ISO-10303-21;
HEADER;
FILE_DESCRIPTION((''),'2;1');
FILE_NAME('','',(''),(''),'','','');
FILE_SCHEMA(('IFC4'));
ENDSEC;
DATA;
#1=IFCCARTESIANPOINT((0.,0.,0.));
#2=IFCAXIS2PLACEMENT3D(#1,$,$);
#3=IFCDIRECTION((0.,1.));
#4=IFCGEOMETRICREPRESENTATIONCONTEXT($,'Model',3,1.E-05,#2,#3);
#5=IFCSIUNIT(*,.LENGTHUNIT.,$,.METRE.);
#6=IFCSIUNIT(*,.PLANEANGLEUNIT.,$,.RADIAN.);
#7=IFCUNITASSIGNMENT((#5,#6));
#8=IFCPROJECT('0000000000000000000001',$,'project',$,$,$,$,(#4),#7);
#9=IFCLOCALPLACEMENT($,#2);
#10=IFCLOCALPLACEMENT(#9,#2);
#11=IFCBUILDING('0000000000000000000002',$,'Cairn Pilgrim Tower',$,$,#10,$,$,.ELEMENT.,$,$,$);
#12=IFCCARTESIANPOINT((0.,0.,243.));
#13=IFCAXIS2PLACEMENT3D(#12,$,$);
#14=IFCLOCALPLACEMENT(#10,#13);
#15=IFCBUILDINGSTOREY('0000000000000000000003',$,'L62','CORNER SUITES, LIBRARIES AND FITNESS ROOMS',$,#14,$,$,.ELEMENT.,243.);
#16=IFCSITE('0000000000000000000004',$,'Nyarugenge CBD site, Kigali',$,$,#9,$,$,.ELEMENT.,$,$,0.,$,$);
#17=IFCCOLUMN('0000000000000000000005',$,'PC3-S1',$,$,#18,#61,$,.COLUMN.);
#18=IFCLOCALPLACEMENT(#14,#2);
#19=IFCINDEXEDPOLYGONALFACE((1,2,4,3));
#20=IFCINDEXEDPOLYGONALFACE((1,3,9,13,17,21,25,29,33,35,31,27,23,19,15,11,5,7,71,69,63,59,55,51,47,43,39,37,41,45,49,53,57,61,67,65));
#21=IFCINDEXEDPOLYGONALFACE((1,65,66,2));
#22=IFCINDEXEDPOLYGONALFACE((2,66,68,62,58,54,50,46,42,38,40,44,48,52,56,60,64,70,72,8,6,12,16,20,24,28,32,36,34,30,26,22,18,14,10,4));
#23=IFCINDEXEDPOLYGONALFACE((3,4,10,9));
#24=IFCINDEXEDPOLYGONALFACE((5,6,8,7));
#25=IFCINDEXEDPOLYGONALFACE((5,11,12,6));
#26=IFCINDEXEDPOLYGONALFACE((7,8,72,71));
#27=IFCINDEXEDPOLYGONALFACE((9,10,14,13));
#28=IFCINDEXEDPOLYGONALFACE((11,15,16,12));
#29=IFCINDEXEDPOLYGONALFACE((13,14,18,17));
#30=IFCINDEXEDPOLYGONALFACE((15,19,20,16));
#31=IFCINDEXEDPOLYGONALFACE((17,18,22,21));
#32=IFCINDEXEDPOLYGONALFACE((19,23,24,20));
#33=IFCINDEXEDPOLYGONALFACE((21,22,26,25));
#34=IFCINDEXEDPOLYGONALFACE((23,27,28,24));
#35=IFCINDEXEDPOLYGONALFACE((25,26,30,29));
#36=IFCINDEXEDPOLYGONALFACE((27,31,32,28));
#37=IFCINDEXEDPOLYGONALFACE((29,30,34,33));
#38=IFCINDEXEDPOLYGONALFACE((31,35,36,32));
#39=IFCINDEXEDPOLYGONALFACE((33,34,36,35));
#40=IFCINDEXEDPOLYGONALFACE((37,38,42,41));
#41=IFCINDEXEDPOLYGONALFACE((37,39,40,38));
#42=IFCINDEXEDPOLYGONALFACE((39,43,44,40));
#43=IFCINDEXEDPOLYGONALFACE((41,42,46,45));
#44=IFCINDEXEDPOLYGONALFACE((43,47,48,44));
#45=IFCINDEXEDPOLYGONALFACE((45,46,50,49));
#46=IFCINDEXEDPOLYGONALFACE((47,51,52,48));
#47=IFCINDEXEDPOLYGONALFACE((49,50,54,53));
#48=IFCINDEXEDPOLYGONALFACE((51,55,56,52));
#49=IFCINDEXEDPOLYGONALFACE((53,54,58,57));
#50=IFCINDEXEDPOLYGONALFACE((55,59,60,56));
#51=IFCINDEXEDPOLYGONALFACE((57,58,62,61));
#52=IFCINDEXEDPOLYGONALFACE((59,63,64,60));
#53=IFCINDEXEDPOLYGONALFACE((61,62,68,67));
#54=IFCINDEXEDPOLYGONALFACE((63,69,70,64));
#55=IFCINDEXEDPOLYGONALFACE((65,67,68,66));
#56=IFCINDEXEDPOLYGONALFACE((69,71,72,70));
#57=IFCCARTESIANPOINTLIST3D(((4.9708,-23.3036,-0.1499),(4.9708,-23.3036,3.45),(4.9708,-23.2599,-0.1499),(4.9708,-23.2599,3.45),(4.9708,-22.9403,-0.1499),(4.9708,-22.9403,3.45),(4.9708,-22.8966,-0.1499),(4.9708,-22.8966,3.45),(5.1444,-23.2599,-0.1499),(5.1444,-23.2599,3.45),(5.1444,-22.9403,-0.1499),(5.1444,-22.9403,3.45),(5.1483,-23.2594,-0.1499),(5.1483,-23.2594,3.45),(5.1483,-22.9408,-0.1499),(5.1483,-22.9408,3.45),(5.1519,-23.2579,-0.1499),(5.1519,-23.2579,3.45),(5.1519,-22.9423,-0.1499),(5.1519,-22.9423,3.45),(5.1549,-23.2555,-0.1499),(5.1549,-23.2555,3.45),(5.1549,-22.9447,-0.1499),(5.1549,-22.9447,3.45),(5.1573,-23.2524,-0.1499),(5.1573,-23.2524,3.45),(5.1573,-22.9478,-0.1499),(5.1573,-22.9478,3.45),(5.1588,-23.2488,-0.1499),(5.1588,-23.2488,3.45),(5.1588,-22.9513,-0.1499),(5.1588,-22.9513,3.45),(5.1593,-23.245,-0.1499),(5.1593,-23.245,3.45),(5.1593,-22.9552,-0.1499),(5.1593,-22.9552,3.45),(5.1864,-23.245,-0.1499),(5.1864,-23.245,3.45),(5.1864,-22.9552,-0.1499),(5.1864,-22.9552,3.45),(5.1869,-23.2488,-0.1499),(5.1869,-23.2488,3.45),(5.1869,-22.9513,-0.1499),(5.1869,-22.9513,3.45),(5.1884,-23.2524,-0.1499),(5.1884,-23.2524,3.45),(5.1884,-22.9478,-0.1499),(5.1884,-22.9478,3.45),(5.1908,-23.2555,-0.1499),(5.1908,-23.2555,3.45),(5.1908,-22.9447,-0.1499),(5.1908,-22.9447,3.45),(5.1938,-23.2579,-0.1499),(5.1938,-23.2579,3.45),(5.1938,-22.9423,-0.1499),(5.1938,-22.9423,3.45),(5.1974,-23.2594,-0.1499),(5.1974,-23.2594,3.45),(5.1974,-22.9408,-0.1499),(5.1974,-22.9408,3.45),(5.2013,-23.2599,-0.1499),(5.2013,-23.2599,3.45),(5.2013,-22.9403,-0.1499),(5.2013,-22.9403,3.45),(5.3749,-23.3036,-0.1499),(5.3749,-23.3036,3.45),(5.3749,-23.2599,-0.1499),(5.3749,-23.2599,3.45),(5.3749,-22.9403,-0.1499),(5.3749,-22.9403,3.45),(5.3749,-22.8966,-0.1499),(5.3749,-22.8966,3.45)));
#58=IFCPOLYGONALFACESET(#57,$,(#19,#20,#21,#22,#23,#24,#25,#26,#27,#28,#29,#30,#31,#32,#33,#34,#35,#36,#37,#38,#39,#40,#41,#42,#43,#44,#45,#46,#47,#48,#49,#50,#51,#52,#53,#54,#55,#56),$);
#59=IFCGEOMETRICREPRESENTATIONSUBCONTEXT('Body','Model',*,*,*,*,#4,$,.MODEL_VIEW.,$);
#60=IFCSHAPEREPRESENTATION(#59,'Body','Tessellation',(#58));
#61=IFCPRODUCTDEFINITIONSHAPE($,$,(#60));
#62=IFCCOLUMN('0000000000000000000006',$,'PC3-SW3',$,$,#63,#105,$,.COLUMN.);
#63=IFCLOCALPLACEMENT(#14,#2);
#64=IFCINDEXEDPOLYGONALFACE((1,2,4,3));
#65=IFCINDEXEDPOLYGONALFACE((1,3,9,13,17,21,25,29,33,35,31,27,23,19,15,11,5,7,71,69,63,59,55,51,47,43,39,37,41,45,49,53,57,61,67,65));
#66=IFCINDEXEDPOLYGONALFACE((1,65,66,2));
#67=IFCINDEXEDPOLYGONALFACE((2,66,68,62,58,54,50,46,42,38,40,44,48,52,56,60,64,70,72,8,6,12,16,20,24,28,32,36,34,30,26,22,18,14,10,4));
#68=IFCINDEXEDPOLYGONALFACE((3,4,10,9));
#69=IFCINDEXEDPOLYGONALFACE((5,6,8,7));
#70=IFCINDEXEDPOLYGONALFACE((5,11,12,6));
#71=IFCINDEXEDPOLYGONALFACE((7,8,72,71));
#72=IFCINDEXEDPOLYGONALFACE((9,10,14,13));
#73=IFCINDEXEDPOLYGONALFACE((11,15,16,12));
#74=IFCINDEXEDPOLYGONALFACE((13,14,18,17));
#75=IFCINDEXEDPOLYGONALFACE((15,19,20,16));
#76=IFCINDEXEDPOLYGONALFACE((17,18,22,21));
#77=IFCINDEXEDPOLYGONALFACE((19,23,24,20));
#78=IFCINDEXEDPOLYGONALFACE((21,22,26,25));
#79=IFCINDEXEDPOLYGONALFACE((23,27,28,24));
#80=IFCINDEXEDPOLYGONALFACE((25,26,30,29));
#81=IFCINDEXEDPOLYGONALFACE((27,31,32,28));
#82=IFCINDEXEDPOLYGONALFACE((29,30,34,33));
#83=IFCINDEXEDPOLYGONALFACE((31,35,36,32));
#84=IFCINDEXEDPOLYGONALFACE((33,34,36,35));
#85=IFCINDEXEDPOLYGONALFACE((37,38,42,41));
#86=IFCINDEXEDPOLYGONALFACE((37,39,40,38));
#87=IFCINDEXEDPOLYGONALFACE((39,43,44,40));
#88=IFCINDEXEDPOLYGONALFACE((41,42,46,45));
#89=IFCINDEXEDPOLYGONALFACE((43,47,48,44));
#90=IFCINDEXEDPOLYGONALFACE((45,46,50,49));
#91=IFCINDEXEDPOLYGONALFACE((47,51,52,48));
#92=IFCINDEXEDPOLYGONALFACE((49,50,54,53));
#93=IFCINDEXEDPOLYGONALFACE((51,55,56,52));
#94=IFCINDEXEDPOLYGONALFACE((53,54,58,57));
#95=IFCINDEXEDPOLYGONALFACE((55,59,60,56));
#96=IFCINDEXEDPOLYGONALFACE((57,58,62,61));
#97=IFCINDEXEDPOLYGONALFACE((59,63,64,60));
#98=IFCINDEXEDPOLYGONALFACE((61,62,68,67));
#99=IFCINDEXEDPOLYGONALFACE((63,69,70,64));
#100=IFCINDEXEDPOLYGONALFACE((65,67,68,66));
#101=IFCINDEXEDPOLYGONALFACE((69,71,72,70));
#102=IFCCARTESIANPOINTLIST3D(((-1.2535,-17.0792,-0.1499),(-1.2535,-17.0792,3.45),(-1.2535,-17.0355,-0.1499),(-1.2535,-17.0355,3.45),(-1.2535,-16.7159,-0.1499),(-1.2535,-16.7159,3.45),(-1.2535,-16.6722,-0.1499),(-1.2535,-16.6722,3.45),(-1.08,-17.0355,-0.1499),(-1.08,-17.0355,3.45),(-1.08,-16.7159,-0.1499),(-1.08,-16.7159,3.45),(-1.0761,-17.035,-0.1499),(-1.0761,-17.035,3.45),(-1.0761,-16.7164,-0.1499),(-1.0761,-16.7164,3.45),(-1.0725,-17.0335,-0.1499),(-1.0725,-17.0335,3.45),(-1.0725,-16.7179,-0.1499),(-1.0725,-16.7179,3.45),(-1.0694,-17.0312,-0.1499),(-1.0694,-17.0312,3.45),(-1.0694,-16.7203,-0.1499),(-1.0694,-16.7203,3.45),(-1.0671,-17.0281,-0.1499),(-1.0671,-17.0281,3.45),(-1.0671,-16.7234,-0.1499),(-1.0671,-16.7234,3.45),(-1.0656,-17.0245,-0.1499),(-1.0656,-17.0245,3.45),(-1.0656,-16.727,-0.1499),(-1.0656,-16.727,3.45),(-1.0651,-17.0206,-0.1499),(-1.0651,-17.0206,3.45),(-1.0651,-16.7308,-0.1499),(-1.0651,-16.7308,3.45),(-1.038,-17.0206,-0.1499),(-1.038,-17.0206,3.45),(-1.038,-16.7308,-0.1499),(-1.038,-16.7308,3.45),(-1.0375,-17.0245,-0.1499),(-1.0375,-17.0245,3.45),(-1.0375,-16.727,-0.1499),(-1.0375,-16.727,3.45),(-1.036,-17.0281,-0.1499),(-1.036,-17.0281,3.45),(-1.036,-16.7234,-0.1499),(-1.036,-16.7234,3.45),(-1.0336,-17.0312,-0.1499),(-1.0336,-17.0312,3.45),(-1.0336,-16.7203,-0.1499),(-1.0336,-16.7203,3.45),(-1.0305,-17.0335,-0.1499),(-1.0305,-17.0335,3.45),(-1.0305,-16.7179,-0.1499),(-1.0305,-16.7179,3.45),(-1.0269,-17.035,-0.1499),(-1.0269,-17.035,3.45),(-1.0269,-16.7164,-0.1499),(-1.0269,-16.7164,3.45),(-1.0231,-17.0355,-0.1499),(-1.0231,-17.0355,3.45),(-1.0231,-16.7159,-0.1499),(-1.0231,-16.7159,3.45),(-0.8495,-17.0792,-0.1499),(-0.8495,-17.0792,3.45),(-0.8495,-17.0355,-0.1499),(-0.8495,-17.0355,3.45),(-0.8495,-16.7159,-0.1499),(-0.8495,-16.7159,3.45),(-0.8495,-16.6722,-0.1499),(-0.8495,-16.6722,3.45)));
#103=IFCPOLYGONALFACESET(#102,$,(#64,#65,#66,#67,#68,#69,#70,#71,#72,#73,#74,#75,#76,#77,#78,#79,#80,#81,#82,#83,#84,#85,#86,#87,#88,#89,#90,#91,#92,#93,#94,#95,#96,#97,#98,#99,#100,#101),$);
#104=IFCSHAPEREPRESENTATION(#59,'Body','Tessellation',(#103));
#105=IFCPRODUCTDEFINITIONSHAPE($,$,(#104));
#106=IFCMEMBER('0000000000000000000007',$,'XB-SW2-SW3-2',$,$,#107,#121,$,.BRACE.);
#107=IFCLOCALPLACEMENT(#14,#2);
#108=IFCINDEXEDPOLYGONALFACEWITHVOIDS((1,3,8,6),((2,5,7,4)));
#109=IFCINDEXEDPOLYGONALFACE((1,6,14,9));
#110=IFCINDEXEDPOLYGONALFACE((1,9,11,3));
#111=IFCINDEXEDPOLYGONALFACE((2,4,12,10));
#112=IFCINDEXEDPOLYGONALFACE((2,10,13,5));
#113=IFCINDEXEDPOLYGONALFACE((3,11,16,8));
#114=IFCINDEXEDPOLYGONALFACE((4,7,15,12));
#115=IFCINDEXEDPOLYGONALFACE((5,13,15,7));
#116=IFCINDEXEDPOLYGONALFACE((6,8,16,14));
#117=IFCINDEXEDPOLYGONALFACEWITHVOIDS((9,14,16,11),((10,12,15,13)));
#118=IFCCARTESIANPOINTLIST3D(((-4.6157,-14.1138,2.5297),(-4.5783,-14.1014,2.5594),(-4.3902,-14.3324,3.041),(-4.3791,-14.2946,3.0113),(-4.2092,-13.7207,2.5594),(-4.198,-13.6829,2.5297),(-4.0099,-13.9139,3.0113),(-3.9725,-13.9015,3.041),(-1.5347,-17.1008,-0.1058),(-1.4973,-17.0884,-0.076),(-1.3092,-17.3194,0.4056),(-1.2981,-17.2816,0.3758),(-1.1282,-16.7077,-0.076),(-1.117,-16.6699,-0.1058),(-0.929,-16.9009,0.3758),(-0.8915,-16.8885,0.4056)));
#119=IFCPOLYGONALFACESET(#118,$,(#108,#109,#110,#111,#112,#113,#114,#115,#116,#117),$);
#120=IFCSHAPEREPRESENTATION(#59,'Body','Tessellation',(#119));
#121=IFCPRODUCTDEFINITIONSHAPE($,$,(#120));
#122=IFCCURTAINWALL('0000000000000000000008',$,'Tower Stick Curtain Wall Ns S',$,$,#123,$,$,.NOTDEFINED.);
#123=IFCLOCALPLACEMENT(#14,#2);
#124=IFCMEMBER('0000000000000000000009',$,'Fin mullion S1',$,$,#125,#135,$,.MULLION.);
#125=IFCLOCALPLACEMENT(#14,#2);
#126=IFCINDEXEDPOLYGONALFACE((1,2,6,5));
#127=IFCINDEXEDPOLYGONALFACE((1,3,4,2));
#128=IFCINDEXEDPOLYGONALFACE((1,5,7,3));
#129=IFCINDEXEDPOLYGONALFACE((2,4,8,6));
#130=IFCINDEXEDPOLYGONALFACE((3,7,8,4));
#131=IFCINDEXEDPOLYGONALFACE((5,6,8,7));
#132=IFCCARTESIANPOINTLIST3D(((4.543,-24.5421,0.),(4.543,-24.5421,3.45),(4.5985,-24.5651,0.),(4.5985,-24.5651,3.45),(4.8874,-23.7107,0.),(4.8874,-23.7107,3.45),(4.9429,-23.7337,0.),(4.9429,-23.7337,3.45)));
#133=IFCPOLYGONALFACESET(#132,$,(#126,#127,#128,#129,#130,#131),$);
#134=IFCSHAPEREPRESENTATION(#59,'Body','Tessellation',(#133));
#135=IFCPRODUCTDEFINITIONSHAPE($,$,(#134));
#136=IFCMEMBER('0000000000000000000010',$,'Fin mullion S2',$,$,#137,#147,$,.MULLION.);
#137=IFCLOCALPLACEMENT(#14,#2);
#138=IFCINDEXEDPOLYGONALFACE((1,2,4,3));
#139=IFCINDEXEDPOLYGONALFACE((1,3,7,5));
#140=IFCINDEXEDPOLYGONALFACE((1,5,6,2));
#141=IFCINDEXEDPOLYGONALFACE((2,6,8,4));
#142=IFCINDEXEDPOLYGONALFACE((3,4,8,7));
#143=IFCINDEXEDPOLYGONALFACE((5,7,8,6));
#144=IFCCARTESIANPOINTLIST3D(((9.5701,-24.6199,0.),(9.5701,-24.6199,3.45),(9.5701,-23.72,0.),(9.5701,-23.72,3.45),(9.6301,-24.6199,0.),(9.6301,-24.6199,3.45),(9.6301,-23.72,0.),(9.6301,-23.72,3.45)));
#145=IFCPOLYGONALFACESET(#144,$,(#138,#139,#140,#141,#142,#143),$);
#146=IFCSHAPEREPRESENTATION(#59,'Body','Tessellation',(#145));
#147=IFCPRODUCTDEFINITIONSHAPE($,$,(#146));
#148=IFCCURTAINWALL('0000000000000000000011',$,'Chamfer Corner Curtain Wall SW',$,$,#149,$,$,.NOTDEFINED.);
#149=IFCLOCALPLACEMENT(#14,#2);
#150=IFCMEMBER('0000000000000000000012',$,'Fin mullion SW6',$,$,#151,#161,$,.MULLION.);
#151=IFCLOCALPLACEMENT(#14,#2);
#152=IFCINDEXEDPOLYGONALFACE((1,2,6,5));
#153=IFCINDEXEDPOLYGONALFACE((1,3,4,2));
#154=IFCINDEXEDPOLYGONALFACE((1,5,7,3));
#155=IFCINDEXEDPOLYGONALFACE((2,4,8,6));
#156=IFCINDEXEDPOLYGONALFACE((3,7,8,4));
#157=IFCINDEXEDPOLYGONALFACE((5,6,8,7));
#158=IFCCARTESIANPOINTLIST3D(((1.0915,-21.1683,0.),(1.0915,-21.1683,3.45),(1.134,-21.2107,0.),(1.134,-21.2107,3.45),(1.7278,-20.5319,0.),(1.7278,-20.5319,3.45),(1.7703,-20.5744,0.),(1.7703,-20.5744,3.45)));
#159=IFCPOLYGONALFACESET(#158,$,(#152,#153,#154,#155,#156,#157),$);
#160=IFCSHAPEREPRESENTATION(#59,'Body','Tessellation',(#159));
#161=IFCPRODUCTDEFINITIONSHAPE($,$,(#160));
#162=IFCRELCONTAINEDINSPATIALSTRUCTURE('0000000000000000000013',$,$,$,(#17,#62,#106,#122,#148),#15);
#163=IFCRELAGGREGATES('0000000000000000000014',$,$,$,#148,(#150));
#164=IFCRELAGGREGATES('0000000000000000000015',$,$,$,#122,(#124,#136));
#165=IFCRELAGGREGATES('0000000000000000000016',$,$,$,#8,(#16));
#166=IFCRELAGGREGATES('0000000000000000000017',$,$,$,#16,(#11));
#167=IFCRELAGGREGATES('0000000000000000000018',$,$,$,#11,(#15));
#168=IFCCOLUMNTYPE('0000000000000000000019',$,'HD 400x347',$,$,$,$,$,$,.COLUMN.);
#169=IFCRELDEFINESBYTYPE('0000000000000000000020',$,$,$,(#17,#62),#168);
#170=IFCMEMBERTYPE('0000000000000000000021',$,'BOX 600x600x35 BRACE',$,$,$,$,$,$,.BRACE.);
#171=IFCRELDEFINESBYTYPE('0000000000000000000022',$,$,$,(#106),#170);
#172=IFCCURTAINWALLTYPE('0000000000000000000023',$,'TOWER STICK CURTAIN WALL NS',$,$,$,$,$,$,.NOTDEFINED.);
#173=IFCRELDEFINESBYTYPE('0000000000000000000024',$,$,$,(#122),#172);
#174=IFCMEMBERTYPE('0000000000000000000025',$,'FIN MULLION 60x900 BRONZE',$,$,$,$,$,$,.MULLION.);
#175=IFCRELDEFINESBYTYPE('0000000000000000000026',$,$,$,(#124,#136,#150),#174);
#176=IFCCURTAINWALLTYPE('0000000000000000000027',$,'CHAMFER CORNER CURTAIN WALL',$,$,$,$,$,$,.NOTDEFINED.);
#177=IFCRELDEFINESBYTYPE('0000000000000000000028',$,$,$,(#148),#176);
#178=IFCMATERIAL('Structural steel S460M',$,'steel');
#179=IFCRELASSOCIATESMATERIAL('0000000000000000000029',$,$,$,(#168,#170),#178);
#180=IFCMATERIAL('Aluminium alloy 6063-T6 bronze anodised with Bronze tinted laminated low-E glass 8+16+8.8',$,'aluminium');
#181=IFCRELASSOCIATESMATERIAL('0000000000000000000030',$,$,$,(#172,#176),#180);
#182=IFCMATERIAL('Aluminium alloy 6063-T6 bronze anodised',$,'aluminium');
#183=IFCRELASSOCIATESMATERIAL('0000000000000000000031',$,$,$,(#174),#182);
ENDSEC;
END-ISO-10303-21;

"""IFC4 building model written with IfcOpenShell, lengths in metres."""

from ifc_helpers import new_model, si_unit, direction, frame, origin, origin_2d, place, context, subcontext, project, spatial, rectangle, hollow_rectangle, i_section, extrude, material, material_profile, profile_set, type_object, element, aggregate, save


model = new_model("IFC4")

# Units and contexts
model_context = context("Model", 3, precision=1e-05, world=origin(), true_north=direction((0.0, 1.0)))
body_context = subcontext(model_context, "Body", "Model", "MODEL_VIEW")
ifc_project = project(units=[si_unit("LENGTHUNIT", "METRE"), si_unit("PLANEANGLEUNIT", "RADIAN")], contexts=[model_context])

# Site, building, storey
site_placement = place(None, origin())
site = spatial("IfcSite", under=ifc_project, at=site_placement, Name="Nyarugenge CBD site, Kigali", CompositionType="ELEMENT", RefElevation=0.0)
building_placement = place(site_placement, origin())
building = spatial("IfcBuilding", under=site, at=building_placement, Name="Cairn Pilgrim Tower", CompositionType="ELEMENT")
storey_placement = place(building_placement, frame((0.0, 0.0, 243.0)))
storey = spatial("IfcBuildingStorey", under=building, at=storey_placement, Name="L62", Description="CORNER SUITES, LIBRARIES AND FITNESS ROOMS", CompositionType="ELEMENT", Elevation=243.0)

# Columns
ifc_material_1 = material(Name="Structural steel S460M", Category="steel")
ifc_material_profile_1 = material_profile(ifc_material_1, i_section(OverallWidth=0.4041, OverallDepth=0.407, WebThickness=0.0271, FlangeThickness=0.0437, FilletRadius=0.0149, at=origin_2d()), Name="HD 400x347")
ifc_profile_set_1 = profile_set([ifc_material_profile_1], Name="Structural steel S460M")
column_type = type_object("IfcColumnType", Name="HD 400x347", PredefinedType="COLUMN", material=ifc_profile_set_1)
for number, where, z_axis, x_axis, name in (
    (1, (5.1729, -23.1001, -0.1499), (0.0, 0.0, 1.0), (1.0, 0.0, 0.0), "PC3-S1"),
    (2, (-1.0515, -16.8757, -0.1499), (0.0, 0.0, 1.0), (1.0, 0.0, 0.0), "PC3-SW3"),
):
    element("IfcColumn", number, at=place(storey_placement, frame(where, z_axis=z_axis, x_axis=x_axis)), inside=storey, type_object=column_type, Name=name, PredefinedType="COLUMN", context=body_context, shape_type="SweptSolid", body=[
        extrude(i_section(OverallWidth=0.4041, OverallDepth=0.407, WebThickness=0.0271, FlangeThickness=0.0437, FilletRadius=0.0149, at=origin_2d()), origin(), (0.0, 0.0, 1.0), 3.5999),
    ])

# Member
ifc_material_profile_2 = material_profile(ifc_material_1, hollow_rectangle(XDim=0.6001, YDim=0.6001, WallThickness=0.0349, at=origin_2d()), Name="BOX 600x600x35")
ifc_profile_set_2 = profile_set([ifc_material_profile_2], Name="Structural steel S460M")
member_type_1 = type_object("IfcMemberType", Name="BOX 600x600x35 BRACE", PredefinedType="BRACE", material=ifc_profile_set_2)
member_1_placement = place(storey_placement, frame((-1.2131, -16.9946, 0.1499), z_axis=(-0.611806, 0.593142, 0.523332), x_axis=(-0.69607, -0.717974, 0.0)))
element("IfcMember", 3, at=member_1_placement, inside=storey, type_object=member_type_1, Name="XB-SW2-SW3-2", PredefinedType="BRACE", context=body_context, shape_type="SweptSolid", body=[
    extrude(hollow_rectangle(XDim=0.6001, YDim=0.6001, WallThickness=0.0349, at=origin_2d()), origin(), (0.0, 0.0, 1.0), 5.0359),
])

# Curtain wall, members
ifc_material_2 = material(Name="Aluminium alloy 6063-T6 bronze anodised with Bronze tinted laminated low-E glass 8+16+8.8", Category="aluminium")
curtain_wall_type_1 = type_object("IfcCurtainWallType", Name="TOWER STICK CURTAIN WALL NS", PredefinedType="NOTDEFINED", material=ifc_material_2)
curtain_wall_1_placement = place(storey_placement, origin())
curtain_wall_1 = element("IfcCurtainWall", 4, at=curtain_wall_1_placement, inside=storey, type_object=curtain_wall_type_1, Name="Tower Stick Curtain Wall Ns S", PredefinedType="NOTDEFINED")
ifc_material_3 = material(Name="Aluminium alloy 6063-T6 bronze anodised", Category="aluminium")
ifc_material_profile_3 = material_profile(ifc_material_3, rectangle(XDim=0.8999, YDim=0.0601, at=origin_2d()), Name="FIN MULLION 60x900 BRONZE")
ifc_profile_set_3 = profile_set([ifc_material_profile_3], Name="Aluminium alloy 6063-T6 bronze anodised")
member_type_2 = type_object("IfcMemberType", Name="FIN MULLION 60x900 BRONZE", PredefinedType="MULLION", material=ifc_profile_set_3)
member_2_placement = place(storey_placement, frame((4.7429, -24.1379, 0.0), z_axis=(0.0, 0.0, 1.0), x_axis=(-0.382683, -0.92388, 0.0)))
member_2 = element("IfcMember", 5, at=member_2_placement, type_object=member_type_2, Name="Fin mullion S1", PredefinedType="MULLION", context=body_context, shape_type="SweptSolid", body=[
    extrude(rectangle(XDim=0.8999, YDim=0.0601, at=origin_2d()), origin(), (0.0, 0.0, 1.0), 3.45),
])
member_3_placement = place(storey_placement, frame((9.6001, -24.1699, 0.0), z_axis=(0.0, 0.0, 1.0), x_axis=(0.0, -1.0, 0.0)))
member_3 = element("IfcMember", 6, at=member_3_placement, type_object=member_type_2, Name="Fin mullion S2", PredefinedType="MULLION", context=body_context, shape_type="SweptSolid", body=[
    extrude(rectangle(XDim=0.8999, YDim=0.0601, at=origin_2d()), origin(), (0.0, 0.0, 1.0), 3.45),
])

# Curtain wall, member
curtain_wall_type_2 = type_object("IfcCurtainWallType", Name="CHAMFER CORNER CURTAIN WALL", PredefinedType="NOTDEFINED", material=ifc_material_2)
curtain_wall_2_placement = place(storey_placement, origin())
curtain_wall_2 = element("IfcCurtainWall", 7, at=curtain_wall_2_placement, inside=storey, type_object=curtain_wall_type_2, Name="Chamfer Corner Curtain Wall SW", PredefinedType="NOTDEFINED")
member_4_placement = place(storey_placement, frame((1.4309, -20.8713, 0.0), z_axis=(0.0, 0.0, 1.0), x_axis=(-0.707107, -0.707107, 0.0)))
member_4 = element("IfcMember", 8, at=member_4_placement, type_object=member_type_2, Name="Fin mullion SW6", PredefinedType="MULLION", context=body_context, shape_type="SweptSolid", body=[
    extrude(rectangle(XDim=0.8999, YDim=0.0601, at=origin_2d()), origin(), (0.0, 0.0, 1.0), 3.45),
])

aggregate(curtain_wall_2, [member_4])
aggregate(curtain_wall_1, [member_2, member_3])

save(model, "model.ifc")
